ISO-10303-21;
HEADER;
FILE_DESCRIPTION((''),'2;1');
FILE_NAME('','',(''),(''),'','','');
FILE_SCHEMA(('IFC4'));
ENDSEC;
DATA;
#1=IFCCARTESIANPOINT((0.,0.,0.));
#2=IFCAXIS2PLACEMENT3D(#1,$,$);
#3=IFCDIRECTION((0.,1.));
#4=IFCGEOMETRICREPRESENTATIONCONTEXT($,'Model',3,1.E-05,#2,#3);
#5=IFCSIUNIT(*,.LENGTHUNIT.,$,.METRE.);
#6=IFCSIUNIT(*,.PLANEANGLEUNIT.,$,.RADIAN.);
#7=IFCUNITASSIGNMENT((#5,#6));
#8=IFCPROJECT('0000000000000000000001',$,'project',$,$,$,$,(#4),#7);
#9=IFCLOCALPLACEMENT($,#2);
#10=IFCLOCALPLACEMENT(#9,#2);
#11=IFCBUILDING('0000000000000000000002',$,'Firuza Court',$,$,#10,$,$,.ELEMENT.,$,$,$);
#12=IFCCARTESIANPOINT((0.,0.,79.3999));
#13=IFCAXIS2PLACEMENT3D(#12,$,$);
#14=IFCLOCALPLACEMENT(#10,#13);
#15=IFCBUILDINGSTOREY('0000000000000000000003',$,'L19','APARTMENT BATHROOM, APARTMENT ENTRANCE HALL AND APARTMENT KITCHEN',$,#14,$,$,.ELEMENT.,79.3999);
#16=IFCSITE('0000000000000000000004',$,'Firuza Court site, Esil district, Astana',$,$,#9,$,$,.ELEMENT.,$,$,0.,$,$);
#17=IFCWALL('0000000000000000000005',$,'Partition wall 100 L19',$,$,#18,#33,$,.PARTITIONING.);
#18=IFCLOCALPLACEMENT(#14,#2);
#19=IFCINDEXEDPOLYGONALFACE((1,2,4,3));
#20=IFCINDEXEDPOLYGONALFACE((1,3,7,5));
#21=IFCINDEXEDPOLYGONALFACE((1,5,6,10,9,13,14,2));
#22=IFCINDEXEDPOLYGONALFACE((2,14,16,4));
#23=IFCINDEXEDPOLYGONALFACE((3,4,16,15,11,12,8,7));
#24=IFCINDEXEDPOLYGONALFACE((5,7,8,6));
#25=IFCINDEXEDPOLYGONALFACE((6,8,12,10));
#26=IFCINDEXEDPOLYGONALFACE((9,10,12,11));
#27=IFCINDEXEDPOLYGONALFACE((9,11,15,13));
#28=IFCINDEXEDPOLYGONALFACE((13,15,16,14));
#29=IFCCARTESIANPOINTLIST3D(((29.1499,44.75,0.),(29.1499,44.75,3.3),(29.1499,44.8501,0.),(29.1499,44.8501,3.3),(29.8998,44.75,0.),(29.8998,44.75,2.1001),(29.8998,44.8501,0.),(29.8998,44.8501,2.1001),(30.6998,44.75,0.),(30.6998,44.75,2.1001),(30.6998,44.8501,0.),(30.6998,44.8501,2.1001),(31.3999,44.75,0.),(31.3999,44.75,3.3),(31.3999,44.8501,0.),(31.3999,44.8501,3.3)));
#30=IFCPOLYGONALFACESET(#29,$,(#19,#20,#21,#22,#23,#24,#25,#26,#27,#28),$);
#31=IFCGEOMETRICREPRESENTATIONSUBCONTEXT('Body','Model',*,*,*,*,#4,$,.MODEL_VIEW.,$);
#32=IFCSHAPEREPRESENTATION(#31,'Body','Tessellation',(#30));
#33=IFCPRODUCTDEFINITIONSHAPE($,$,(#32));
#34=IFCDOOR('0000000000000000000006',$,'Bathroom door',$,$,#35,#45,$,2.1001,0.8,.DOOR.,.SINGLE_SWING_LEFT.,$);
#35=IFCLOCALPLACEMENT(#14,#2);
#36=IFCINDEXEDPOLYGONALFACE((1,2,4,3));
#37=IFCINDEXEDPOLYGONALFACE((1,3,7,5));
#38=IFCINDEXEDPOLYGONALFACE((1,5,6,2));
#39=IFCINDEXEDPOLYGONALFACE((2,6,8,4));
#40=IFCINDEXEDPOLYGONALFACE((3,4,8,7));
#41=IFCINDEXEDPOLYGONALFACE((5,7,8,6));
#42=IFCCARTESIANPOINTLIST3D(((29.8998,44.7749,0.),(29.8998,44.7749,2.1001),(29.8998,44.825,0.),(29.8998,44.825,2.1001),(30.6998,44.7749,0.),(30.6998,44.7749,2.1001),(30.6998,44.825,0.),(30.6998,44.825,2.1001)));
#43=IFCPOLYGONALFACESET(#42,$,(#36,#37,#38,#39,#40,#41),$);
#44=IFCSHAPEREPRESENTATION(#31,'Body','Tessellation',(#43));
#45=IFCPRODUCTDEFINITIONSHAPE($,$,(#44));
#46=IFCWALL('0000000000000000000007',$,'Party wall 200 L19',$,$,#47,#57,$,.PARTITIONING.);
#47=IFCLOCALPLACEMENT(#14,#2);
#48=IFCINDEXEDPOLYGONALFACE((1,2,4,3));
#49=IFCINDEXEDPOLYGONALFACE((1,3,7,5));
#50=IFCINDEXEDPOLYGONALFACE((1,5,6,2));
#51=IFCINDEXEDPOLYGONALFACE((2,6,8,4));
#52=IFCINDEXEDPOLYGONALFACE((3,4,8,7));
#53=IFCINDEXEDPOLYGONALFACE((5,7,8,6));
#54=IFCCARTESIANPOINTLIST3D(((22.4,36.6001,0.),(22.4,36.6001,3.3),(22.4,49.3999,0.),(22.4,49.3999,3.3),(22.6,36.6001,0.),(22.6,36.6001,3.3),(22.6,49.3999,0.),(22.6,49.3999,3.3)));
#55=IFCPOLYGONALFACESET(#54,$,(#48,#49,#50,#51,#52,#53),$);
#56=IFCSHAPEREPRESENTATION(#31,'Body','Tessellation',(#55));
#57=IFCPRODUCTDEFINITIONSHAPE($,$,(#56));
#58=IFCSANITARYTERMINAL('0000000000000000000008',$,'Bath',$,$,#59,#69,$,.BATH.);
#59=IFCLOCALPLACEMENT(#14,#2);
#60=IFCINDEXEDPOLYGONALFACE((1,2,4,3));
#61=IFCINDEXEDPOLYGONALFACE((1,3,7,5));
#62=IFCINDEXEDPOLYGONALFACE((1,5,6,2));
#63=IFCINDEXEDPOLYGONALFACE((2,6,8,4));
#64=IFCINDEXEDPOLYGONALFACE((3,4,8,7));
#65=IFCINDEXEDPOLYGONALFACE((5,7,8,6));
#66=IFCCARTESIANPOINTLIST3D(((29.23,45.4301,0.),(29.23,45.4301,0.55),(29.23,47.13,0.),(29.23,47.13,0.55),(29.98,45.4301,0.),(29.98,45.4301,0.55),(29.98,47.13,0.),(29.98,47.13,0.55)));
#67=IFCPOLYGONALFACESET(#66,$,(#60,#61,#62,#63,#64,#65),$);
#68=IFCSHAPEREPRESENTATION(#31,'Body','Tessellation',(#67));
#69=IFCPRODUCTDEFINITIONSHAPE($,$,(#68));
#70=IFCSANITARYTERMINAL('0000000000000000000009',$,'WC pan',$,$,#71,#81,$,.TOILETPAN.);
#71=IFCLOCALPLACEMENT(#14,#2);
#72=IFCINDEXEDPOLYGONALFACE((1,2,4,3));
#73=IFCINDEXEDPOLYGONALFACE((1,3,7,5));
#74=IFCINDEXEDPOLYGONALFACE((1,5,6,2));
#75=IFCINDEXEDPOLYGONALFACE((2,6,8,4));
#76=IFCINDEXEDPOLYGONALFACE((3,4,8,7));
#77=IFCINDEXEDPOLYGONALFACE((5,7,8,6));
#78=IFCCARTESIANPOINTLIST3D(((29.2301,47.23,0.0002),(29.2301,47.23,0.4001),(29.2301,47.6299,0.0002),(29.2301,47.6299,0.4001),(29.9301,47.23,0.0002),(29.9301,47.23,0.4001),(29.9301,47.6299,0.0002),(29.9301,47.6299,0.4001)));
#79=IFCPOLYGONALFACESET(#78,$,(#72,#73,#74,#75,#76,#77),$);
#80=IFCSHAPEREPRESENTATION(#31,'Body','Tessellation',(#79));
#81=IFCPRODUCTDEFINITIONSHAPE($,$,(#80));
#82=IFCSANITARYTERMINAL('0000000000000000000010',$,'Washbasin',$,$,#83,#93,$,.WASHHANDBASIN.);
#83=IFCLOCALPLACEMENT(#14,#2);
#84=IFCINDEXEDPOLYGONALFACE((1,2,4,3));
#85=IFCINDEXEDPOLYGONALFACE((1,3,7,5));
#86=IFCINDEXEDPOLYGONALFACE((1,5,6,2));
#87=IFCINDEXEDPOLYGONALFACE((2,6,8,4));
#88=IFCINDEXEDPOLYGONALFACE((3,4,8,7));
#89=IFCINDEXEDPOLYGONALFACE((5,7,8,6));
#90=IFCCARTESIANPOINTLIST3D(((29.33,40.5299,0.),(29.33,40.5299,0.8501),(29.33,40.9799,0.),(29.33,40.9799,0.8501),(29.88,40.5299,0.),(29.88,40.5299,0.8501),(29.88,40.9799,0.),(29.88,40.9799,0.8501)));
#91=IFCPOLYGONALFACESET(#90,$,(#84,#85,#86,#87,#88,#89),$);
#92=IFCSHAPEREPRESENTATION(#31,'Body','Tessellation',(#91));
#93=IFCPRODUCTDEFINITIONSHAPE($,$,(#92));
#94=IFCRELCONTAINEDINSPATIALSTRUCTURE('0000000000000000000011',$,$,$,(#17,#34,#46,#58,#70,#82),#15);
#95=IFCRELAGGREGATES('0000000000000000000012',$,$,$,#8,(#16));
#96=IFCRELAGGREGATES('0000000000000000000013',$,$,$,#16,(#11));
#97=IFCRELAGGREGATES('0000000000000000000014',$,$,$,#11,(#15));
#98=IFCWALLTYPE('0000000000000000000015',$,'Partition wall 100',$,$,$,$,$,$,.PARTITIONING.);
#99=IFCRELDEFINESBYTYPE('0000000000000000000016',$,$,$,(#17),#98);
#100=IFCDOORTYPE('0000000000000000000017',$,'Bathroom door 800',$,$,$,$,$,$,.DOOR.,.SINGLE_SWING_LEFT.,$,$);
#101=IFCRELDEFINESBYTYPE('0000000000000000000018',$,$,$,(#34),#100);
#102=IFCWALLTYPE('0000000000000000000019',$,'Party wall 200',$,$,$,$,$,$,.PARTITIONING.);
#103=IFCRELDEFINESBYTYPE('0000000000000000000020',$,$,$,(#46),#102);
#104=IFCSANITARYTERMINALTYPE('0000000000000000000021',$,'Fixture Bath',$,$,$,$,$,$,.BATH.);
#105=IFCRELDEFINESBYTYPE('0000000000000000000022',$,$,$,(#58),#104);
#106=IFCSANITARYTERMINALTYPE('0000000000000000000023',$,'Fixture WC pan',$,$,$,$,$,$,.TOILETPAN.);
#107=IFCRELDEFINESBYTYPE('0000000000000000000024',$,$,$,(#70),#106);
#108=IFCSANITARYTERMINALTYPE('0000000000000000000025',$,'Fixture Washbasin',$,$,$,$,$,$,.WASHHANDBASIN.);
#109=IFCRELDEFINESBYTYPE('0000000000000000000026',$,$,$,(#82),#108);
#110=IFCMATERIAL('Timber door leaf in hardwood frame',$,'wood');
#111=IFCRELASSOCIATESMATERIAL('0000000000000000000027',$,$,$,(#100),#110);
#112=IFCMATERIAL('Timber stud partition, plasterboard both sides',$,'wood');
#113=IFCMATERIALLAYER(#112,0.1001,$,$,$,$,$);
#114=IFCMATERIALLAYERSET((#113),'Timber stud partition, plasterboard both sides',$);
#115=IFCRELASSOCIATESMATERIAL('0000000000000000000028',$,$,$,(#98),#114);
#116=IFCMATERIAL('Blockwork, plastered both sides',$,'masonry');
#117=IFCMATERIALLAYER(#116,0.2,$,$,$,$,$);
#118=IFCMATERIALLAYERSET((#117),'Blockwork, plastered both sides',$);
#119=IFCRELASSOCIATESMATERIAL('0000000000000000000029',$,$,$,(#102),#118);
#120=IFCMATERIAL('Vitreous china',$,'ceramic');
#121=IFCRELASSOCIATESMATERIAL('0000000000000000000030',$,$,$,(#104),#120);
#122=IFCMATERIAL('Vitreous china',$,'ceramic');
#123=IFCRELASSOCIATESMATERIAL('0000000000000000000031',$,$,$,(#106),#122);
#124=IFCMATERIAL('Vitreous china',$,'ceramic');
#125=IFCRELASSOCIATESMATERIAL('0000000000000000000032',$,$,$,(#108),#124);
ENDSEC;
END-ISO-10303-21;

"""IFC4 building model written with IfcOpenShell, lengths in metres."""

from ifc_helpers import new_model, si_unit, direction, frame, frame_2d, origin, origin_2d, place, context, subcontext, project, spatial, rectangle, extrude, material, layer, layer_set, type_object, element, fill, save


model = new_model("IFC4")

# Units and contexts
model_context = context("Model", 3, precision=1e-05, world=origin(), true_north=direction((0.0, 1.0)))
body_context = subcontext(model_context, "Body", "Model", "MODEL_VIEW")
ifc_project = project(units=[si_unit("LENGTHUNIT", "METRE"), si_unit("PLANEANGLEUNIT", "RADIAN")], contexts=[model_context])

# Site, building, storey
site_placement = place(None, origin())
site = spatial("IfcSite", under=ifc_project, at=site_placement, Name="Firuza Court site, Esil district, Astana", CompositionType="ELEMENT", RefElevation=0.0)
building_placement = place(site_placement, origin())
building = spatial("IfcBuilding", under=site, at=building_placement, Name="Firuza Court", CompositionType="ELEMENT")
storey_placement = place(building_placement, frame((0.0, 0.0, 79.3999)))
storey = spatial("IfcBuildingStorey", under=building, at=storey_placement, Name="L19", Description="APARTMENT BATHROOM, APARTMENT ENTRANCE HALL AND APARTMENT KITCHEN", CompositionType="ELEMENT", Elevation=79.3999)

# Shared definitions
ifc_material_1 = material(Name="Timber door leaf in hardwood frame", Category="wood")
door_type_1 = type_object("IfcDoorType", Name="Bathroom door 800", OperationType="SINGLE_SWING_LEFT", PredefinedType="DOOR", material=ifc_material_1)

# Shared definitions
ifc_material_2 = material(Name="Timber stud partition, plasterboard both sides", Category="wood")
ifc_layer_1 = layer(ifc_material_2, 0.1001)
ifc_layer_set_1 = layer_set([ifc_layer_1], Name="Timber stud partition, plasterboard both sides")
wall_type_1 = type_object("IfcWallType", Name="Partition wall 100", PredefinedType="PARTITIONING", material=ifc_layer_set_1)

# Wall, opening, door
wall_1_placement = place(storey_placement, frame((29.1499, 44.8, 0.0), z_axis=(0.0, 0.0, 1.0), x_axis=(1.0, 0.0, 0.0)))
wall_1 = element("IfcWall", 1, at=wall_1_placement, inside=storey, type_object=wall_type_1, Name="Partition wall 100 L19", PredefinedType="PARTITIONING", context=body_context, shape_type="SweptSolid", body=[
    extrude(rectangle(XDim=2.25, YDim=0.1001, at=frame_2d((1.125, 0.0))), origin(), (0.0, 0.0, 1.0), 3.3),
])
opening_1_placement = place(wall_1_placement, frame((0.75, 0.0, 0.0)))
opening_1 = element("IfcOpeningElement", 2, at=opening_1_placement, cuts=wall_1, PredefinedType="OPENING", context=body_context, shape_type="SweptSolid", body=[
    extrude(rectangle(XDim=0.8, YDim=2.1001, at=frame_2d((0.3999, 1.05))), frame((0.0, 0.062, 0.0), z_axis=(0.0, -1.0, 0.0), x_axis=(1.0, 0.0, 0.0)), (0.0, 0.0, 1.0), 0.124),
])
door_1_placement = place(opening_1_placement, origin())
door_1 = element("IfcDoor", 3, at=door_1_placement, inside=storey, type_object=door_type_1, Name="Bathroom door", OperationType="SINGLE_SWING_LEFT", OverallHeight=2.1001, OverallWidth=0.8, PredefinedType="DOOR", context=body_context, shape_type="SweptSolid", body=[
    extrude(rectangle(XDim=0.8, YDim=2.1001, at=frame_2d((0.3999, 1.05))), frame((0.0, 0.0249, 0.0), z_axis=(0.0, -1.0, 0.0), x_axis=(1.0, 0.0, 0.0)), (0.0, 0.0, 1.0), 0.05),
])
fill(opening_1, door_1)

# Wall
ifc_material_3 = material(Name="Blockwork, plastered both sides", Category="masonry")
ifc_layer_2 = layer(ifc_material_3, 0.2)
ifc_layer_set_2 = layer_set([ifc_layer_2], Name="Blockwork, plastered both sides")
wall_type_2 = type_object("IfcWallType", Name="Party wall 200", PredefinedType="PARTITIONING", material=ifc_layer_set_2)
wall_2_placement = place(storey_placement, frame((22.5, 36.6001, 0.0), z_axis=(0.0, 0.0, 1.0), x_axis=(0.0, 1.0, 0.0)))
element("IfcWall", 4, at=wall_2_placement, inside=storey, type_object=wall_type_2, Name="Party wall 200 L19", PredefinedType="PARTITIONING", context=body_context, shape_type="SweptSolid", body=[
    extrude(rectangle(XDim=12.7998, YDim=0.2, at=frame_2d((6.3999, 0.0))), origin(), (0.0, 0.0, 1.0), 3.3),
])

# Sanitary terminals
ifc_material_4 = material(Name="Vitreous china", Category="ceramic")
sanitary_terminal_type_1 = type_object("IfcSanitaryTerminalType", Name="Fixture Bath", PredefinedType="BATH", material=ifc_material_4)
sanitary_terminal_1_placement = place(storey_placement, frame((29.605, 46.28, 0.0), z_axis=(0.0, 0.0, 1.0), x_axis=(1.0, 0.0, 0.0)))
element("IfcSanitaryTerminal", 5, at=sanitary_terminal_1_placement, inside=storey, type_object=sanitary_terminal_type_1, Name="Bath", PredefinedType="BATH", context=body_context, shape_type="SweptSolid", body=[
    extrude(rectangle(XDim=0.75, YDim=1.7, at=origin_2d()), origin(), (0.0, 0.0, 1.0), 0.55),
])
ifc_material_5 = material(Name="Vitreous china", Category="ceramic")
sanitary_terminal_type_2 = type_object("IfcSanitaryTerminalType", Name="Fixture WC pan", PredefinedType="TOILETPAN", material=ifc_material_5)
sanitary_terminal_2_placement = place(storey_placement, frame((29.5801, 47.4299, 0.0002), z_axis=(0.0, 0.0, 1.0), x_axis=(1.0, 0.0, 0.0)))
element("IfcSanitaryTerminal", 6, at=sanitary_terminal_2_placement, inside=storey, type_object=sanitary_terminal_type_2, Name="WC pan", PredefinedType="TOILETPAN", context=body_context, shape_type="SweptSolid", body=[
    extrude(rectangle(XDim=0.7, YDim=0.3999, at=origin_2d()), origin(), (0.0, 0.0, 1.0), 0.3999),
])
ifc_material_6 = material(Name="Vitreous china", Category="ceramic")
sanitary_terminal_type_3 = type_object("IfcSanitaryTerminalType", Name="Fixture Washbasin", PredefinedType="WASHHANDBASIN", material=ifc_material_6)
sanitary_terminal_3_placement = place(storey_placement, frame((29.605, 40.7549, 0.0), z_axis=(0.0, 0.0, 1.0), x_axis=(1.0, 0.0, 0.0)))
element("IfcSanitaryTerminal", 7, at=sanitary_terminal_3_placement, inside=storey, type_object=sanitary_terminal_type_3, Name="Washbasin", PredefinedType="WASHHANDBASIN", context=body_context, shape_type="SweptSolid", body=[
    extrude(rectangle(XDim=0.55, YDim=0.45, at=origin_2d()), origin(), (0.0, 0.0, 1.0), 0.8501),
])

save(model, "model.ifc")
